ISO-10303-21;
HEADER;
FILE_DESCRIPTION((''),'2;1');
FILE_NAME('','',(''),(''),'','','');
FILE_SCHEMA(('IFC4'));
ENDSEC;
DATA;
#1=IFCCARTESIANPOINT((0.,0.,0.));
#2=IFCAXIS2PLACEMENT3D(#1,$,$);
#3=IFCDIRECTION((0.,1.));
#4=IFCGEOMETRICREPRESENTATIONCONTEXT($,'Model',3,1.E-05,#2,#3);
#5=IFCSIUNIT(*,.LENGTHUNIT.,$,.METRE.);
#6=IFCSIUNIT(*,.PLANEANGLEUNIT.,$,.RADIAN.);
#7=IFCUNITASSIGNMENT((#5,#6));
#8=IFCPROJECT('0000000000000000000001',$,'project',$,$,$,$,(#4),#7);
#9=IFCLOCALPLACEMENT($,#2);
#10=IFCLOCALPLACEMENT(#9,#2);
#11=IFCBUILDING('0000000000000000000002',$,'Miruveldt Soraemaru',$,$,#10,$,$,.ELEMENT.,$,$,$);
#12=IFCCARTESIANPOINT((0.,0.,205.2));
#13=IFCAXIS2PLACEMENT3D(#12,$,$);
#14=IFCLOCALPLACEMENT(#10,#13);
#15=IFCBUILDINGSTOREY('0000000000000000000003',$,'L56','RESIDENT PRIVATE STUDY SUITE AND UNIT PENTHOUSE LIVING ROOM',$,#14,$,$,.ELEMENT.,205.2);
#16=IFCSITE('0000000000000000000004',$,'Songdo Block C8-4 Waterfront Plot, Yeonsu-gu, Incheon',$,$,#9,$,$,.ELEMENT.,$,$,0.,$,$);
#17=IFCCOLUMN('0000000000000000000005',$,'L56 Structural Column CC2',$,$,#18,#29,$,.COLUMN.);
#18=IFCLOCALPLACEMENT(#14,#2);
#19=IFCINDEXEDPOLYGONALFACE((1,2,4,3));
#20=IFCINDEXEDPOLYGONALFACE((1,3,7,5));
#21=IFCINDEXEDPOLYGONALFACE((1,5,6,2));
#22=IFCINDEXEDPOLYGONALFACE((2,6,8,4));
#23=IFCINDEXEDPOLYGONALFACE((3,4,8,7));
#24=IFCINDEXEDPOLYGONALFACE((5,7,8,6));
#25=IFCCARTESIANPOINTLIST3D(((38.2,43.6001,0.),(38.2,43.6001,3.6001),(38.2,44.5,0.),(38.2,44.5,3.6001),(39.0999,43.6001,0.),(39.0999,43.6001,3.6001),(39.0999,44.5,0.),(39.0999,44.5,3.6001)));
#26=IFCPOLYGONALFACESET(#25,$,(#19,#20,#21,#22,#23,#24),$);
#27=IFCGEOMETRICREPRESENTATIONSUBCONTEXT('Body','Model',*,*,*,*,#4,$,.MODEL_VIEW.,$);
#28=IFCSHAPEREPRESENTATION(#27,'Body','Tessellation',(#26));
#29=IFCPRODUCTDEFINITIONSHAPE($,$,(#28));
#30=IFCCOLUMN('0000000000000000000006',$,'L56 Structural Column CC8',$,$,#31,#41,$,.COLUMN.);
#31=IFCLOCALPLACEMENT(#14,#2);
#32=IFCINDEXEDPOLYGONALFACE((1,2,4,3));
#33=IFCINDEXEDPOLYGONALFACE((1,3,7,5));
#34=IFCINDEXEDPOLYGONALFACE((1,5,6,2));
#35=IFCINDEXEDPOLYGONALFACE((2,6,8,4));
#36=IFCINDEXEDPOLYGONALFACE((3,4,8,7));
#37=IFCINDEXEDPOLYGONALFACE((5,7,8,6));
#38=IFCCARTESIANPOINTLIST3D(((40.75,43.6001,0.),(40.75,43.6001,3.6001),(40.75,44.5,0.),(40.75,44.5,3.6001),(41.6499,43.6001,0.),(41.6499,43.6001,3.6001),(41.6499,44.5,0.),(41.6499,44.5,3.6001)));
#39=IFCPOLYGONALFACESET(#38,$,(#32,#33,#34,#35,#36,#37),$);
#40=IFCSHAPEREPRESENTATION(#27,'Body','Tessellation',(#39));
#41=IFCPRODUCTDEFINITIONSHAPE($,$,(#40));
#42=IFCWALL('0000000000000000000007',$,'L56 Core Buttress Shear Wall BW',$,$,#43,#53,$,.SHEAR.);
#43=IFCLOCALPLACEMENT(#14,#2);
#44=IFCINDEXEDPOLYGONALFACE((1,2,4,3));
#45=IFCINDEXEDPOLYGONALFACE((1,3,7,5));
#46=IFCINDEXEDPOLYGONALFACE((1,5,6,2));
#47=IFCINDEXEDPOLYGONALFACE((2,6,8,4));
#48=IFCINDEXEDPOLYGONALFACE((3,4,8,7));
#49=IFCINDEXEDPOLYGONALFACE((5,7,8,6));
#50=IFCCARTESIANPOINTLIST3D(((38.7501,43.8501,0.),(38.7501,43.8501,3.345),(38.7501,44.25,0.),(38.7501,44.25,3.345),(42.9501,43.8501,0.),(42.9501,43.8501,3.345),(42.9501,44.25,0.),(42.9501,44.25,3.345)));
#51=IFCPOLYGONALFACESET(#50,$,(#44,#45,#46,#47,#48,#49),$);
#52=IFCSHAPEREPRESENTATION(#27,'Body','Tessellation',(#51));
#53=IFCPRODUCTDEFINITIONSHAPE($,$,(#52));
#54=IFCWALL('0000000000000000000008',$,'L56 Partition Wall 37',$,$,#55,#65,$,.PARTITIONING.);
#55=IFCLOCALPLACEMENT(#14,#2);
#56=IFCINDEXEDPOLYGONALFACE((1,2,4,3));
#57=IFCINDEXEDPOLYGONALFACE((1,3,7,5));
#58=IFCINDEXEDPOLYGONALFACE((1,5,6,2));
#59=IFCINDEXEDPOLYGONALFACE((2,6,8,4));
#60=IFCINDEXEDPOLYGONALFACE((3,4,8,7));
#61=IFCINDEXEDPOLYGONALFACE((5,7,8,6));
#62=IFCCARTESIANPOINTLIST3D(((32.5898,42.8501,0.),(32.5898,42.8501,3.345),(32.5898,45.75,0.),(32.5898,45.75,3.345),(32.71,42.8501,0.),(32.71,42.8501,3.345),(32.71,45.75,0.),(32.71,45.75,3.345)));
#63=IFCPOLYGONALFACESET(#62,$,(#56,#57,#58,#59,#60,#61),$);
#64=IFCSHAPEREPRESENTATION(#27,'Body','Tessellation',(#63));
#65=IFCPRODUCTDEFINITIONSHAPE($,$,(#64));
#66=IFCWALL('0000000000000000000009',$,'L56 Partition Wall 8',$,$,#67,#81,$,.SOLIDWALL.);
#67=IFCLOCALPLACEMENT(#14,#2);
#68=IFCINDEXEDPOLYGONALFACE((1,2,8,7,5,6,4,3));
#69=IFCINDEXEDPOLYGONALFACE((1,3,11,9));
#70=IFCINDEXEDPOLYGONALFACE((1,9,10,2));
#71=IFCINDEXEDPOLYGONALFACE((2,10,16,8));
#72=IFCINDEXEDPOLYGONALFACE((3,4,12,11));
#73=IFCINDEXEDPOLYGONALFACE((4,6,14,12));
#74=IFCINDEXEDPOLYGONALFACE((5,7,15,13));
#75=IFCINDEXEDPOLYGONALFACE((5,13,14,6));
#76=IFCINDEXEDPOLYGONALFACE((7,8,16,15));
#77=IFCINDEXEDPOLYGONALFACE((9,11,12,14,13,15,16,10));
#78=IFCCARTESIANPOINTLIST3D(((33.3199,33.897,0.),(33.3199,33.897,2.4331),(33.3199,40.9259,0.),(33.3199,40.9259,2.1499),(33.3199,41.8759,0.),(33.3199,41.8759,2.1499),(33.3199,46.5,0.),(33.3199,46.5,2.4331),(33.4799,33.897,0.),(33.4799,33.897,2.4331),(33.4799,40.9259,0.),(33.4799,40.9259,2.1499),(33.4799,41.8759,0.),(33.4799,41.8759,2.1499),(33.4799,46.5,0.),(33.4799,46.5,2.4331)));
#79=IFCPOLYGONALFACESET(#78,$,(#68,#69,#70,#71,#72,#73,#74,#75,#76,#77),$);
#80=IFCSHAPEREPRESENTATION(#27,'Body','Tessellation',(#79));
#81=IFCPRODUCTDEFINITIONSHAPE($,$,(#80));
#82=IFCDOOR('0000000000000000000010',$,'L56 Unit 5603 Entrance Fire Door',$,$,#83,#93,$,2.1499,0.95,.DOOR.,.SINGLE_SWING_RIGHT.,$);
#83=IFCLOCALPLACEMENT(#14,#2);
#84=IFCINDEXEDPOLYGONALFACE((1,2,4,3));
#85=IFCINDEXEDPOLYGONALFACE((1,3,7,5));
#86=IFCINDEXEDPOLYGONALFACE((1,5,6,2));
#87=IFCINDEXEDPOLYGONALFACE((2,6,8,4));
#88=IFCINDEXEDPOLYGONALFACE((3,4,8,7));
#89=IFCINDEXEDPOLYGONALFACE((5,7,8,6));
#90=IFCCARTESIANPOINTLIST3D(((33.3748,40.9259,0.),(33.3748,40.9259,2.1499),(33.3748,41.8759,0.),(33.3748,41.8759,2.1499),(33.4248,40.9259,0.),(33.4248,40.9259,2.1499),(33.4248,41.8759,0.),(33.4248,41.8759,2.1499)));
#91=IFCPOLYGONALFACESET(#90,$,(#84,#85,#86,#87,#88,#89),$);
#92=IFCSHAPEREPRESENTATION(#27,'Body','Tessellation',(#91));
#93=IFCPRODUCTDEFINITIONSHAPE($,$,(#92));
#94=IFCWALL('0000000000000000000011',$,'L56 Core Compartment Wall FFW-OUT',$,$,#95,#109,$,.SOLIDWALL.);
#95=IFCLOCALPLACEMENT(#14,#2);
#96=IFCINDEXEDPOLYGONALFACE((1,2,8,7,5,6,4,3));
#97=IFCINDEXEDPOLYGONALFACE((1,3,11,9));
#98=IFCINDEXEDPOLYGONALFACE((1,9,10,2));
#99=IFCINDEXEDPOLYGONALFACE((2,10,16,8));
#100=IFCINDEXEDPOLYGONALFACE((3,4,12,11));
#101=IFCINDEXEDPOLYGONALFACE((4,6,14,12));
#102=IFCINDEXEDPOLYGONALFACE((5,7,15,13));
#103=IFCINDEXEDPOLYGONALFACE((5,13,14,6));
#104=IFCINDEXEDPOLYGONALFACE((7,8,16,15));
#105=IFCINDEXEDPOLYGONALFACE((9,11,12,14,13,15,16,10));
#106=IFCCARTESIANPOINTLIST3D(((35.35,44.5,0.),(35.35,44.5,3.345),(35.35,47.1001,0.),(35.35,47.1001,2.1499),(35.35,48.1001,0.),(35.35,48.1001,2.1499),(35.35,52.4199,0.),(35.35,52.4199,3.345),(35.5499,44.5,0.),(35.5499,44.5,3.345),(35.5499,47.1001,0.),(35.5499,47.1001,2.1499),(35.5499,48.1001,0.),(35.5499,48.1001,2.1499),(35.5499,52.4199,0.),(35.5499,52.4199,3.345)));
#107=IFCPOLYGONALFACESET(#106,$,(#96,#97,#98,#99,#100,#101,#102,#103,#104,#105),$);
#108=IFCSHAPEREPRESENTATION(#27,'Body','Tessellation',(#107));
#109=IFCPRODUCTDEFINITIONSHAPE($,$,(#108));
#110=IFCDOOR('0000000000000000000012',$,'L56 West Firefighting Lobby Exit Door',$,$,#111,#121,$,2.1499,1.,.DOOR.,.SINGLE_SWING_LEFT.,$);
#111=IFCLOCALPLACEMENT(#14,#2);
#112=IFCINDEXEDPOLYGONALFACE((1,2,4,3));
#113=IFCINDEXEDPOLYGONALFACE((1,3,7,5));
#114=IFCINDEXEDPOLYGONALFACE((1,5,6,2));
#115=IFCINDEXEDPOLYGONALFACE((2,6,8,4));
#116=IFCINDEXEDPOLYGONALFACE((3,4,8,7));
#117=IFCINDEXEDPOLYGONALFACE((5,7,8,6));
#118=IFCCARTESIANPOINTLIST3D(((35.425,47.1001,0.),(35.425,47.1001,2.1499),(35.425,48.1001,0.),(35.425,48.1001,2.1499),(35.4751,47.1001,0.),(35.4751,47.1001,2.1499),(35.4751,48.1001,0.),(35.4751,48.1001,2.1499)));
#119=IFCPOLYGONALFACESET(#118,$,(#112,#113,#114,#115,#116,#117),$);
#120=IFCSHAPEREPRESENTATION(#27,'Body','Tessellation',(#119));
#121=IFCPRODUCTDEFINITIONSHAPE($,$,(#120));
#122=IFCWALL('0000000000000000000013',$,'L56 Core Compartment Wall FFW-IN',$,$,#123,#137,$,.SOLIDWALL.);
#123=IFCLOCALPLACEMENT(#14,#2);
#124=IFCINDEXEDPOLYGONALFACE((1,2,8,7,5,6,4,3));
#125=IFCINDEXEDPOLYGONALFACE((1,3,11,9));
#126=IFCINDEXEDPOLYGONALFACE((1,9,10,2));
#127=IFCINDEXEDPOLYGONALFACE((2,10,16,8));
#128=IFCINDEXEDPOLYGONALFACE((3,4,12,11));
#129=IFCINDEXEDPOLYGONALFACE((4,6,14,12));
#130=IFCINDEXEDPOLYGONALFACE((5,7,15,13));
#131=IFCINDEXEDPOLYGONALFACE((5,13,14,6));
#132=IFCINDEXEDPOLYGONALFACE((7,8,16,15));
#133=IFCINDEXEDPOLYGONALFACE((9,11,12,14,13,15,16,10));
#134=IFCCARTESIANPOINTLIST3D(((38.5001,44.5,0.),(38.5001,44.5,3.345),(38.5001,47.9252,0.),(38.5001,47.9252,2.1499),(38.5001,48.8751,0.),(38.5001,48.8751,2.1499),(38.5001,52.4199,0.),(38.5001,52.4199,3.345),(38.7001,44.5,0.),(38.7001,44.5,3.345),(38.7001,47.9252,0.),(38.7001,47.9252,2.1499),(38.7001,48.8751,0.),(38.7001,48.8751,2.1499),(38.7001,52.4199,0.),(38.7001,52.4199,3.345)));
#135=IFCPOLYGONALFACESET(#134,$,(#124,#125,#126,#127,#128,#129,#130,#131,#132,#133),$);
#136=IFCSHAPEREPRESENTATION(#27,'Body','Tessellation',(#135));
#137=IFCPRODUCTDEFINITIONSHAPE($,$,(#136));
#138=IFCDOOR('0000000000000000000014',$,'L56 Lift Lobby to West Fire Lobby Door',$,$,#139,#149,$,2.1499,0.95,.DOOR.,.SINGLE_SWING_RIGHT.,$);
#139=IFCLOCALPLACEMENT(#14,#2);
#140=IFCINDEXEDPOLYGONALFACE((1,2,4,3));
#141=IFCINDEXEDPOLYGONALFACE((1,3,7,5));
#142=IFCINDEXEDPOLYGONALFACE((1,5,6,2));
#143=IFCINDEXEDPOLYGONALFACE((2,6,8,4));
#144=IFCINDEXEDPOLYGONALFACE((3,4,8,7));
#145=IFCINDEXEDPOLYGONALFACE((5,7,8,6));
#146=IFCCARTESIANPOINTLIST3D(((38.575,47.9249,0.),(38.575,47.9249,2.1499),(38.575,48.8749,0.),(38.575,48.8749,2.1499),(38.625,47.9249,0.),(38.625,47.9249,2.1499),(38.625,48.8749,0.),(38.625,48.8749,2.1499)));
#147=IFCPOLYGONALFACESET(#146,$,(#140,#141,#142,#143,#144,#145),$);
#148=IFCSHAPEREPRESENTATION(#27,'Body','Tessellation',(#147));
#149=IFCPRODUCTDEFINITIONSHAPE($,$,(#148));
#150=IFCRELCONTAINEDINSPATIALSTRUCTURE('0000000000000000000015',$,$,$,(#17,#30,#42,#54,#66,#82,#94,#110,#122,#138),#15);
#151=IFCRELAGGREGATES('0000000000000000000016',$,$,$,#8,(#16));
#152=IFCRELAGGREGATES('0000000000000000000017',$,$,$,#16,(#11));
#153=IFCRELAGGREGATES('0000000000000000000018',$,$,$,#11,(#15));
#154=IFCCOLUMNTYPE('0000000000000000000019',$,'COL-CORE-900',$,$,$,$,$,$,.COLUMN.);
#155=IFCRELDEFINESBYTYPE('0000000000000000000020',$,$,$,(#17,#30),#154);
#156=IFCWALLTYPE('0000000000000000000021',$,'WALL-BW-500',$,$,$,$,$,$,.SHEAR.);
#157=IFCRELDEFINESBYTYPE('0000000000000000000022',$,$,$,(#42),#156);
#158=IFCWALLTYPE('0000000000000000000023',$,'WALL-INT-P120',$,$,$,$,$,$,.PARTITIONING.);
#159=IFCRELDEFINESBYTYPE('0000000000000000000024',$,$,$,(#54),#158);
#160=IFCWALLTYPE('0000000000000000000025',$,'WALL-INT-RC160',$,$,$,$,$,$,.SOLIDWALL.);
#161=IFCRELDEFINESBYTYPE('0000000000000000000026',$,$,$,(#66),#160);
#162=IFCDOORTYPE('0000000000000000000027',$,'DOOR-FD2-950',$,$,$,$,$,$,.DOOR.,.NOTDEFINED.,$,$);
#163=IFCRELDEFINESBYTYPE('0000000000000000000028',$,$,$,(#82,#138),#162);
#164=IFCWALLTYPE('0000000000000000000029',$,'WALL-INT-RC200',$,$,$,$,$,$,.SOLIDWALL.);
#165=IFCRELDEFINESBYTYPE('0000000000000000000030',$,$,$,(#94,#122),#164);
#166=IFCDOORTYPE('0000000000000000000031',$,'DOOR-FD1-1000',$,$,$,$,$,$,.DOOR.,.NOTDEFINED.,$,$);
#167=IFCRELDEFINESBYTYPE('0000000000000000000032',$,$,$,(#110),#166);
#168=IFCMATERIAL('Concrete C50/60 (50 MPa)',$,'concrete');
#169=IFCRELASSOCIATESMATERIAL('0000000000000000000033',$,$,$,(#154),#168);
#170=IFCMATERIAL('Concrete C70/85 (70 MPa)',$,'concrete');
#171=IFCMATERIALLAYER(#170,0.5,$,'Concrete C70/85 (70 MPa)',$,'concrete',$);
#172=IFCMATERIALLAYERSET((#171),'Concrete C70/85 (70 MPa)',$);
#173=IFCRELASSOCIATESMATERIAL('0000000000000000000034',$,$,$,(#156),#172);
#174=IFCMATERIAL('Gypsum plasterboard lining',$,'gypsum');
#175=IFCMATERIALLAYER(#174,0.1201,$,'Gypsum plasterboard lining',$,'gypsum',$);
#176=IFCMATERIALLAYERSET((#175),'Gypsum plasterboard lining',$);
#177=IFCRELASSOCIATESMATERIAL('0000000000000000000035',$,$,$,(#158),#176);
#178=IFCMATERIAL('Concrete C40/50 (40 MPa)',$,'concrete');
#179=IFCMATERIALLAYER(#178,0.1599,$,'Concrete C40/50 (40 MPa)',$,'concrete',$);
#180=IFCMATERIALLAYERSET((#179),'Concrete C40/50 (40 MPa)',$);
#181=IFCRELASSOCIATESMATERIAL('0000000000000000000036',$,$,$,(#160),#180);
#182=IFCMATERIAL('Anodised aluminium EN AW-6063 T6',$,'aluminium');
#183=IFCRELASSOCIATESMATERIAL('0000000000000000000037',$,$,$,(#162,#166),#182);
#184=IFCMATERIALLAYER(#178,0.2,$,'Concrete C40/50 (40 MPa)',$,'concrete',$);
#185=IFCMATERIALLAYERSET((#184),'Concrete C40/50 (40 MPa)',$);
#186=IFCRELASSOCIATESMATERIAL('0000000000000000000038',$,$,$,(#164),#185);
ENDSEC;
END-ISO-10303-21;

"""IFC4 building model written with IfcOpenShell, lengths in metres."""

from ifc_helpers import new_model, si_unit, direction, frame, frame_2d, origin, origin_2d, place, context, subcontext, project, spatial, rectangle, extrude, material, layer, layer_set, material_profile, profile_set, type_object, element, fill, save


model = new_model("IFC4")

# Units and contexts
model_context = context("Model", 3, precision=1e-05, world=origin(), true_north=direction((0.0, 1.0)))
body_context = subcontext(model_context, "Body", "Model", "MODEL_VIEW")
ifc_project = project(units=[si_unit("LENGTHUNIT", "METRE"), si_unit("PLANEANGLEUNIT", "RADIAN")], contexts=[model_context])

# Site, building, storey
site_placement = place(None, origin())
site = spatial("IfcSite", under=ifc_project, at=site_placement, Name="Songdo Block C8-4 Waterfront Plot, Yeonsu-gu, Incheon", CompositionType="ELEMENT", RefElevation=0.0)
building_placement = place(site_placement, origin())
building = spatial("IfcBuilding", under=site, at=building_placement, Name="Miruveldt Soraemaru", CompositionType="ELEMENT")
storey_placement = place(building_placement, frame((0.0, 0.0, 205.2)))
storey = spatial("IfcBuildingStorey", under=building, at=storey_placement, Name="L56", Description="RESIDENT PRIVATE STUDY SUITE AND UNIT PENTHOUSE LIVING ROOM", CompositionType="ELEMENT", Elevation=205.2)

# Columns
ifc_material_1 = material(Name="Concrete C50/60 (50 MPa)", Category="concrete")
ifc_material_profile = material_profile(ifc_material_1, rectangle(XDim=0.8999, YDim=0.8999, at=origin_2d()), Name="Concrete C50/60 (50 MPa)", Category="concrete")
ifc_profile_set = profile_set([ifc_material_profile], Name="Concrete C50/60 (50 MPa)")
column_type = type_object("IfcColumnType", Name="COL-CORE-900", PredefinedType="COLUMN", material=ifc_profile_set)
for number, where, z_axis, x_axis, name in (
    (1, (38.6499, 44.05, 0.0), (0.0, 0.0, 1.0), (1.0, 0.0, 0.0), "L56 Structural Column CC2"),
    (2, (41.2, 44.05, 0.0), (0.0, 0.0, 1.0), (1.0, 0.0, 0.0), "L56 Structural Column CC8"),
):
    element("IfcColumn", number, at=place(storey_placement, frame(where, z_axis=z_axis, x_axis=x_axis)), inside=storey, type_object=column_type, Name=name, PredefinedType="COLUMN", context=body_context, shape_type="SweptSolid", body=[
        extrude(rectangle(XDim=0.8999, YDim=0.8999, at=origin_2d()), origin(), (0.0, 0.0, 1.0), 3.6001),
    ])

# Walls
ifc_material_2 = material(Name="Concrete C70/85 (70 MPa)", Category="concrete")
ifc_layer_1 = layer(ifc_material_2, 0.5, Name="Concrete C70/85 (70 MPa)", Category="concrete")
ifc_layer_set_1 = layer_set([ifc_layer_1], Name="Concrete C70/85 (70 MPa)")
wall_type_1 = type_object("IfcWallType", Name="WALL-BW-500", PredefinedType="SHEAR", material=ifc_layer_set_1)
wall_1_placement = place(storey_placement, frame((38.75, 44.05, 0.0), z_axis=(0.0, 0.0, 1.0), x_axis=(1.0, 0.0, 0.0)))
element("IfcWall", 3, at=wall_1_placement, inside=storey, type_object=wall_type_1, Name="L56 Core Buttress Shear Wall BW", PredefinedType="SHEAR", context=body_context, shape_type="SweptSolid", body=[
    extrude(rectangle(XDim=4.2, YDim=0.3999, at=frame_2d((2.1001, 0.0))), origin(), (0.0, 0.0, 1.0), 3.345),
])
ifc_material_3 = material(Name="Gypsum plasterboard lining", Category="gypsum")
ifc_layer_2 = layer(ifc_material_3, 0.1201, Name="Gypsum plasterboard lining", Category="gypsum")
ifc_layer_set_2 = layer_set([ifc_layer_2], Name="Gypsum plasterboard lining")
wall_type_2 = type_object("IfcWallType", Name="WALL-INT-P120", PredefinedType="PARTITIONING", material=ifc_layer_set_2)
wall_2_placement = place(storey_placement, frame((32.6499, 45.75, 0.0), z_axis=(0.0, 0.0, 1.0), x_axis=(0.0, -1.0, 0.0)))
element("IfcWall", 4, at=wall_2_placement, inside=storey, type_object=wall_type_2, Name="L56 Partition Wall 37", PredefinedType="PARTITIONING", context=body_context, shape_type="SweptSolid", body=[
    extrude(rectangle(XDim=2.8999, YDim=0.1201, at=frame_2d((1.45, 0.0))), origin(), (0.0, 0.0, 1.0), 3.345),
])

# Walls, openings, doors
ifc_material_4 = material(Name="Concrete C40/50 (40 MPa)", Category="concrete")
ifc_layer_3 = layer(ifc_material_4, 0.1599, Name="Concrete C40/50 (40 MPa)", Category="concrete")
ifc_layer_set_3 = layer_set([ifc_layer_3], Name="Concrete C40/50 (40 MPa)")
wall_type_3 = type_object("IfcWallType", Name="WALL-INT-RC160", PredefinedType="SOLIDWALL", material=ifc_layer_set_3)
wall_3_placement = place(storey_placement, frame((33.3999, 46.5, 0.0), z_axis=(0.0, 0.0, 1.0), x_axis=(0.0, -1.0, 0.0)))
wall_3 = element("IfcWall", 5, at=wall_3_placement, inside=storey, type_object=wall_type_3, Name="L56 Partition Wall 8", PredefinedType="SOLIDWALL", context=body_context, shape_type="SweptSolid", body=[
    extrude(rectangle(XDim=12.603, YDim=0.1599, at=frame_2d((6.3015, 0.0))), origin(), (0.0, 0.0, 1.0), 2.4331),
])
opening_1_placement = place(wall_3_placement, frame((4.624, 0.0, 0.0)))
opening_1 = element("IfcOpeningElement", 6, at=opening_1_placement, cuts=wall_3, PredefinedType="OPENING", context=body_context, shape_type="SweptSolid", body=[
    extrude(rectangle(XDim=0.95, YDim=2.1499, at=frame_2d((0.4751, 1.075))), frame((0.0, 0.0898, 0.0), z_axis=(0.0, -1.0, 0.0), x_axis=(1.0, 0.0, 0.0)), (0.0, 0.0, 1.0), 0.1799),
])
ifc_material_5 = material(Name="Anodised aluminium EN AW-6063 T6", Category="aluminium")
door_type_1 = type_object("IfcDoorType", Name="DOOR-FD2-950", OperationType="NOTDEFINED", PredefinedType="DOOR", material=ifc_material_5)
door_1_placement = place(opening_1_placement, origin())
door_1 = element("IfcDoor", 7, at=door_1_placement, inside=storey, type_object=door_type_1, Name="L56 Unit 5603 Entrance Fire Door", OperationType="SINGLE_SWING_RIGHT", OverallHeight=2.1499, OverallWidth=0.95, PredefinedType="DOOR", context=body_context, shape_type="SweptSolid", body=[
    extrude(rectangle(XDim=0.95, YDim=2.1499, at=frame_2d((0.4751, 1.075))), frame((0.0, 0.0249, 0.0), z_axis=(0.0, -1.0, 0.0), x_axis=(1.0, 0.0, 0.0)), (0.0, 0.0, 1.0), 0.05),
])
fill(opening_1, door_1)
ifc_layer_4 = layer(ifc_material_4, 0.2, Name="Concrete C40/50 (40 MPa)", Category="concrete")
ifc_layer_set_4 = layer_set([ifc_layer_4], Name="Concrete C40/50 (40 MPa)")
wall_type_4 = type_object("IfcWallType", Name="WALL-INT-RC200", PredefinedType="SOLIDWALL", material=ifc_layer_set_4)
wall_4_placement = place(storey_placement, frame((35.45, 44.5, 0.0), z_axis=(0.0, 0.0, 1.0), x_axis=(0.0, 1.0, 0.0)))
wall_4 = element("IfcWall", 8, at=wall_4_placement, inside=storey, type_object=wall_type_4, Name="L56 Core Compartment Wall FFW-OUT", PredefinedType="SOLIDWALL", context=body_context, shape_type="SweptSolid", body=[
    extrude(rectangle(XDim=7.9199, YDim=0.2, at=frame_2d((3.96, 0.0))), origin(), (0.0, 0.0, 1.0), 3.345),
])
opening_2_placement = place(wall_4_placement, frame((2.6001, 0.0, 0.0)))
opening_2 = element("IfcOpeningElement", 9, at=opening_2_placement, cuts=wall_4, PredefinedType="OPENING", context=body_context, shape_type="SweptSolid", body=[
    extrude(rectangle(XDim=1.0, YDim=2.1499, at=frame_2d((0.5, 1.075))), frame((0.0, 0.1099, 0.0), z_axis=(0.0, -1.0, 0.0), x_axis=(1.0, 0.0, 0.0)), (0.0, 0.0, 1.0), 0.22),
])
door_type_2 = type_object("IfcDoorType", Name="DOOR-FD1-1000", OperationType="NOTDEFINED", PredefinedType="DOOR", material=ifc_material_5)
door_2_placement = place(opening_2_placement, origin())
door_2 = element("IfcDoor", 10, at=door_2_placement, inside=storey, type_object=door_type_2, Name="L56 West Firefighting Lobby Exit Door", OperationType="SINGLE_SWING_LEFT", OverallHeight=2.1499, OverallWidth=1.0, PredefinedType="DOOR", context=body_context, shape_type="SweptSolid", body=[
    extrude(rectangle(XDim=1.0, YDim=2.1499, at=frame_2d((0.5, 1.075))), frame((0.0, 0.0249, 0.0), z_axis=(0.0, -1.0, 0.0), x_axis=(1.0, 0.0, 0.0)), (0.0, 0.0, 1.0), 0.05),
])
fill(opening_2, door_2)
wall_5_placement = place(storey_placement, frame((38.6001, 44.5, 0.0), z_axis=(0.0, 0.0, 1.0), x_axis=(0.0, 1.0, 0.0)))
wall_5 = element("IfcWall", 11, at=wall_5_placement, inside=storey, type_object=wall_type_4, Name="L56 Core Compartment Wall FFW-IN", PredefinedType="SOLIDWALL", context=body_context, shape_type="SweptSolid", body=[
    extrude(rectangle(XDim=7.9199, YDim=0.2, at=frame_2d((3.96, 0.0))), origin(), (0.0, 0.0, 1.0), 3.345),
])
opening_3_placement = place(wall_5_placement, frame((3.425, 0.0, 0.0)))
opening_3 = element("IfcOpeningElement", 12, at=opening_3_placement, cuts=wall_5, PredefinedType="OPENING", context=body_context, shape_type="SweptSolid", body=[
    extrude(rectangle(XDim=0.95, YDim=2.1499, at=frame_2d((0.4751, 1.075))), frame((0.0, 0.1099, 0.0), z_axis=(0.0, -1.0, 0.0), x_axis=(1.0, 0.0, 0.0)), (0.0, 0.0, 1.0), 0.22),
])
door_3_placement = place(opening_3_placement, frame((0.95, 0.0, 0.0), z_axis=(0.0, 0.0, 1.0), x_axis=(-1.0, 0.0, 0.0)))
door_3 = element("IfcDoor", 13, at=door_3_placement, inside=storey, type_object=door_type_1, Name="L56 Lift Lobby to West Fire Lobby Door", OperationType="SINGLE_SWING_RIGHT", OverallHeight=2.1499, OverallWidth=0.95, PredefinedType="DOOR", context=body_context, shape_type="SweptSolid", body=[
    extrude(rectangle(XDim=0.95, YDim=2.1499, at=frame_2d((0.4751, 1.075))), frame((0.0, 0.0249, 0.0), z_axis=(0.0, -1.0, 0.0), x_axis=(1.0, 0.0, 0.0)), (0.0, 0.0, 1.0), 0.05),
])
fill(opening_3, door_3)

save(model, "model.ifc")
